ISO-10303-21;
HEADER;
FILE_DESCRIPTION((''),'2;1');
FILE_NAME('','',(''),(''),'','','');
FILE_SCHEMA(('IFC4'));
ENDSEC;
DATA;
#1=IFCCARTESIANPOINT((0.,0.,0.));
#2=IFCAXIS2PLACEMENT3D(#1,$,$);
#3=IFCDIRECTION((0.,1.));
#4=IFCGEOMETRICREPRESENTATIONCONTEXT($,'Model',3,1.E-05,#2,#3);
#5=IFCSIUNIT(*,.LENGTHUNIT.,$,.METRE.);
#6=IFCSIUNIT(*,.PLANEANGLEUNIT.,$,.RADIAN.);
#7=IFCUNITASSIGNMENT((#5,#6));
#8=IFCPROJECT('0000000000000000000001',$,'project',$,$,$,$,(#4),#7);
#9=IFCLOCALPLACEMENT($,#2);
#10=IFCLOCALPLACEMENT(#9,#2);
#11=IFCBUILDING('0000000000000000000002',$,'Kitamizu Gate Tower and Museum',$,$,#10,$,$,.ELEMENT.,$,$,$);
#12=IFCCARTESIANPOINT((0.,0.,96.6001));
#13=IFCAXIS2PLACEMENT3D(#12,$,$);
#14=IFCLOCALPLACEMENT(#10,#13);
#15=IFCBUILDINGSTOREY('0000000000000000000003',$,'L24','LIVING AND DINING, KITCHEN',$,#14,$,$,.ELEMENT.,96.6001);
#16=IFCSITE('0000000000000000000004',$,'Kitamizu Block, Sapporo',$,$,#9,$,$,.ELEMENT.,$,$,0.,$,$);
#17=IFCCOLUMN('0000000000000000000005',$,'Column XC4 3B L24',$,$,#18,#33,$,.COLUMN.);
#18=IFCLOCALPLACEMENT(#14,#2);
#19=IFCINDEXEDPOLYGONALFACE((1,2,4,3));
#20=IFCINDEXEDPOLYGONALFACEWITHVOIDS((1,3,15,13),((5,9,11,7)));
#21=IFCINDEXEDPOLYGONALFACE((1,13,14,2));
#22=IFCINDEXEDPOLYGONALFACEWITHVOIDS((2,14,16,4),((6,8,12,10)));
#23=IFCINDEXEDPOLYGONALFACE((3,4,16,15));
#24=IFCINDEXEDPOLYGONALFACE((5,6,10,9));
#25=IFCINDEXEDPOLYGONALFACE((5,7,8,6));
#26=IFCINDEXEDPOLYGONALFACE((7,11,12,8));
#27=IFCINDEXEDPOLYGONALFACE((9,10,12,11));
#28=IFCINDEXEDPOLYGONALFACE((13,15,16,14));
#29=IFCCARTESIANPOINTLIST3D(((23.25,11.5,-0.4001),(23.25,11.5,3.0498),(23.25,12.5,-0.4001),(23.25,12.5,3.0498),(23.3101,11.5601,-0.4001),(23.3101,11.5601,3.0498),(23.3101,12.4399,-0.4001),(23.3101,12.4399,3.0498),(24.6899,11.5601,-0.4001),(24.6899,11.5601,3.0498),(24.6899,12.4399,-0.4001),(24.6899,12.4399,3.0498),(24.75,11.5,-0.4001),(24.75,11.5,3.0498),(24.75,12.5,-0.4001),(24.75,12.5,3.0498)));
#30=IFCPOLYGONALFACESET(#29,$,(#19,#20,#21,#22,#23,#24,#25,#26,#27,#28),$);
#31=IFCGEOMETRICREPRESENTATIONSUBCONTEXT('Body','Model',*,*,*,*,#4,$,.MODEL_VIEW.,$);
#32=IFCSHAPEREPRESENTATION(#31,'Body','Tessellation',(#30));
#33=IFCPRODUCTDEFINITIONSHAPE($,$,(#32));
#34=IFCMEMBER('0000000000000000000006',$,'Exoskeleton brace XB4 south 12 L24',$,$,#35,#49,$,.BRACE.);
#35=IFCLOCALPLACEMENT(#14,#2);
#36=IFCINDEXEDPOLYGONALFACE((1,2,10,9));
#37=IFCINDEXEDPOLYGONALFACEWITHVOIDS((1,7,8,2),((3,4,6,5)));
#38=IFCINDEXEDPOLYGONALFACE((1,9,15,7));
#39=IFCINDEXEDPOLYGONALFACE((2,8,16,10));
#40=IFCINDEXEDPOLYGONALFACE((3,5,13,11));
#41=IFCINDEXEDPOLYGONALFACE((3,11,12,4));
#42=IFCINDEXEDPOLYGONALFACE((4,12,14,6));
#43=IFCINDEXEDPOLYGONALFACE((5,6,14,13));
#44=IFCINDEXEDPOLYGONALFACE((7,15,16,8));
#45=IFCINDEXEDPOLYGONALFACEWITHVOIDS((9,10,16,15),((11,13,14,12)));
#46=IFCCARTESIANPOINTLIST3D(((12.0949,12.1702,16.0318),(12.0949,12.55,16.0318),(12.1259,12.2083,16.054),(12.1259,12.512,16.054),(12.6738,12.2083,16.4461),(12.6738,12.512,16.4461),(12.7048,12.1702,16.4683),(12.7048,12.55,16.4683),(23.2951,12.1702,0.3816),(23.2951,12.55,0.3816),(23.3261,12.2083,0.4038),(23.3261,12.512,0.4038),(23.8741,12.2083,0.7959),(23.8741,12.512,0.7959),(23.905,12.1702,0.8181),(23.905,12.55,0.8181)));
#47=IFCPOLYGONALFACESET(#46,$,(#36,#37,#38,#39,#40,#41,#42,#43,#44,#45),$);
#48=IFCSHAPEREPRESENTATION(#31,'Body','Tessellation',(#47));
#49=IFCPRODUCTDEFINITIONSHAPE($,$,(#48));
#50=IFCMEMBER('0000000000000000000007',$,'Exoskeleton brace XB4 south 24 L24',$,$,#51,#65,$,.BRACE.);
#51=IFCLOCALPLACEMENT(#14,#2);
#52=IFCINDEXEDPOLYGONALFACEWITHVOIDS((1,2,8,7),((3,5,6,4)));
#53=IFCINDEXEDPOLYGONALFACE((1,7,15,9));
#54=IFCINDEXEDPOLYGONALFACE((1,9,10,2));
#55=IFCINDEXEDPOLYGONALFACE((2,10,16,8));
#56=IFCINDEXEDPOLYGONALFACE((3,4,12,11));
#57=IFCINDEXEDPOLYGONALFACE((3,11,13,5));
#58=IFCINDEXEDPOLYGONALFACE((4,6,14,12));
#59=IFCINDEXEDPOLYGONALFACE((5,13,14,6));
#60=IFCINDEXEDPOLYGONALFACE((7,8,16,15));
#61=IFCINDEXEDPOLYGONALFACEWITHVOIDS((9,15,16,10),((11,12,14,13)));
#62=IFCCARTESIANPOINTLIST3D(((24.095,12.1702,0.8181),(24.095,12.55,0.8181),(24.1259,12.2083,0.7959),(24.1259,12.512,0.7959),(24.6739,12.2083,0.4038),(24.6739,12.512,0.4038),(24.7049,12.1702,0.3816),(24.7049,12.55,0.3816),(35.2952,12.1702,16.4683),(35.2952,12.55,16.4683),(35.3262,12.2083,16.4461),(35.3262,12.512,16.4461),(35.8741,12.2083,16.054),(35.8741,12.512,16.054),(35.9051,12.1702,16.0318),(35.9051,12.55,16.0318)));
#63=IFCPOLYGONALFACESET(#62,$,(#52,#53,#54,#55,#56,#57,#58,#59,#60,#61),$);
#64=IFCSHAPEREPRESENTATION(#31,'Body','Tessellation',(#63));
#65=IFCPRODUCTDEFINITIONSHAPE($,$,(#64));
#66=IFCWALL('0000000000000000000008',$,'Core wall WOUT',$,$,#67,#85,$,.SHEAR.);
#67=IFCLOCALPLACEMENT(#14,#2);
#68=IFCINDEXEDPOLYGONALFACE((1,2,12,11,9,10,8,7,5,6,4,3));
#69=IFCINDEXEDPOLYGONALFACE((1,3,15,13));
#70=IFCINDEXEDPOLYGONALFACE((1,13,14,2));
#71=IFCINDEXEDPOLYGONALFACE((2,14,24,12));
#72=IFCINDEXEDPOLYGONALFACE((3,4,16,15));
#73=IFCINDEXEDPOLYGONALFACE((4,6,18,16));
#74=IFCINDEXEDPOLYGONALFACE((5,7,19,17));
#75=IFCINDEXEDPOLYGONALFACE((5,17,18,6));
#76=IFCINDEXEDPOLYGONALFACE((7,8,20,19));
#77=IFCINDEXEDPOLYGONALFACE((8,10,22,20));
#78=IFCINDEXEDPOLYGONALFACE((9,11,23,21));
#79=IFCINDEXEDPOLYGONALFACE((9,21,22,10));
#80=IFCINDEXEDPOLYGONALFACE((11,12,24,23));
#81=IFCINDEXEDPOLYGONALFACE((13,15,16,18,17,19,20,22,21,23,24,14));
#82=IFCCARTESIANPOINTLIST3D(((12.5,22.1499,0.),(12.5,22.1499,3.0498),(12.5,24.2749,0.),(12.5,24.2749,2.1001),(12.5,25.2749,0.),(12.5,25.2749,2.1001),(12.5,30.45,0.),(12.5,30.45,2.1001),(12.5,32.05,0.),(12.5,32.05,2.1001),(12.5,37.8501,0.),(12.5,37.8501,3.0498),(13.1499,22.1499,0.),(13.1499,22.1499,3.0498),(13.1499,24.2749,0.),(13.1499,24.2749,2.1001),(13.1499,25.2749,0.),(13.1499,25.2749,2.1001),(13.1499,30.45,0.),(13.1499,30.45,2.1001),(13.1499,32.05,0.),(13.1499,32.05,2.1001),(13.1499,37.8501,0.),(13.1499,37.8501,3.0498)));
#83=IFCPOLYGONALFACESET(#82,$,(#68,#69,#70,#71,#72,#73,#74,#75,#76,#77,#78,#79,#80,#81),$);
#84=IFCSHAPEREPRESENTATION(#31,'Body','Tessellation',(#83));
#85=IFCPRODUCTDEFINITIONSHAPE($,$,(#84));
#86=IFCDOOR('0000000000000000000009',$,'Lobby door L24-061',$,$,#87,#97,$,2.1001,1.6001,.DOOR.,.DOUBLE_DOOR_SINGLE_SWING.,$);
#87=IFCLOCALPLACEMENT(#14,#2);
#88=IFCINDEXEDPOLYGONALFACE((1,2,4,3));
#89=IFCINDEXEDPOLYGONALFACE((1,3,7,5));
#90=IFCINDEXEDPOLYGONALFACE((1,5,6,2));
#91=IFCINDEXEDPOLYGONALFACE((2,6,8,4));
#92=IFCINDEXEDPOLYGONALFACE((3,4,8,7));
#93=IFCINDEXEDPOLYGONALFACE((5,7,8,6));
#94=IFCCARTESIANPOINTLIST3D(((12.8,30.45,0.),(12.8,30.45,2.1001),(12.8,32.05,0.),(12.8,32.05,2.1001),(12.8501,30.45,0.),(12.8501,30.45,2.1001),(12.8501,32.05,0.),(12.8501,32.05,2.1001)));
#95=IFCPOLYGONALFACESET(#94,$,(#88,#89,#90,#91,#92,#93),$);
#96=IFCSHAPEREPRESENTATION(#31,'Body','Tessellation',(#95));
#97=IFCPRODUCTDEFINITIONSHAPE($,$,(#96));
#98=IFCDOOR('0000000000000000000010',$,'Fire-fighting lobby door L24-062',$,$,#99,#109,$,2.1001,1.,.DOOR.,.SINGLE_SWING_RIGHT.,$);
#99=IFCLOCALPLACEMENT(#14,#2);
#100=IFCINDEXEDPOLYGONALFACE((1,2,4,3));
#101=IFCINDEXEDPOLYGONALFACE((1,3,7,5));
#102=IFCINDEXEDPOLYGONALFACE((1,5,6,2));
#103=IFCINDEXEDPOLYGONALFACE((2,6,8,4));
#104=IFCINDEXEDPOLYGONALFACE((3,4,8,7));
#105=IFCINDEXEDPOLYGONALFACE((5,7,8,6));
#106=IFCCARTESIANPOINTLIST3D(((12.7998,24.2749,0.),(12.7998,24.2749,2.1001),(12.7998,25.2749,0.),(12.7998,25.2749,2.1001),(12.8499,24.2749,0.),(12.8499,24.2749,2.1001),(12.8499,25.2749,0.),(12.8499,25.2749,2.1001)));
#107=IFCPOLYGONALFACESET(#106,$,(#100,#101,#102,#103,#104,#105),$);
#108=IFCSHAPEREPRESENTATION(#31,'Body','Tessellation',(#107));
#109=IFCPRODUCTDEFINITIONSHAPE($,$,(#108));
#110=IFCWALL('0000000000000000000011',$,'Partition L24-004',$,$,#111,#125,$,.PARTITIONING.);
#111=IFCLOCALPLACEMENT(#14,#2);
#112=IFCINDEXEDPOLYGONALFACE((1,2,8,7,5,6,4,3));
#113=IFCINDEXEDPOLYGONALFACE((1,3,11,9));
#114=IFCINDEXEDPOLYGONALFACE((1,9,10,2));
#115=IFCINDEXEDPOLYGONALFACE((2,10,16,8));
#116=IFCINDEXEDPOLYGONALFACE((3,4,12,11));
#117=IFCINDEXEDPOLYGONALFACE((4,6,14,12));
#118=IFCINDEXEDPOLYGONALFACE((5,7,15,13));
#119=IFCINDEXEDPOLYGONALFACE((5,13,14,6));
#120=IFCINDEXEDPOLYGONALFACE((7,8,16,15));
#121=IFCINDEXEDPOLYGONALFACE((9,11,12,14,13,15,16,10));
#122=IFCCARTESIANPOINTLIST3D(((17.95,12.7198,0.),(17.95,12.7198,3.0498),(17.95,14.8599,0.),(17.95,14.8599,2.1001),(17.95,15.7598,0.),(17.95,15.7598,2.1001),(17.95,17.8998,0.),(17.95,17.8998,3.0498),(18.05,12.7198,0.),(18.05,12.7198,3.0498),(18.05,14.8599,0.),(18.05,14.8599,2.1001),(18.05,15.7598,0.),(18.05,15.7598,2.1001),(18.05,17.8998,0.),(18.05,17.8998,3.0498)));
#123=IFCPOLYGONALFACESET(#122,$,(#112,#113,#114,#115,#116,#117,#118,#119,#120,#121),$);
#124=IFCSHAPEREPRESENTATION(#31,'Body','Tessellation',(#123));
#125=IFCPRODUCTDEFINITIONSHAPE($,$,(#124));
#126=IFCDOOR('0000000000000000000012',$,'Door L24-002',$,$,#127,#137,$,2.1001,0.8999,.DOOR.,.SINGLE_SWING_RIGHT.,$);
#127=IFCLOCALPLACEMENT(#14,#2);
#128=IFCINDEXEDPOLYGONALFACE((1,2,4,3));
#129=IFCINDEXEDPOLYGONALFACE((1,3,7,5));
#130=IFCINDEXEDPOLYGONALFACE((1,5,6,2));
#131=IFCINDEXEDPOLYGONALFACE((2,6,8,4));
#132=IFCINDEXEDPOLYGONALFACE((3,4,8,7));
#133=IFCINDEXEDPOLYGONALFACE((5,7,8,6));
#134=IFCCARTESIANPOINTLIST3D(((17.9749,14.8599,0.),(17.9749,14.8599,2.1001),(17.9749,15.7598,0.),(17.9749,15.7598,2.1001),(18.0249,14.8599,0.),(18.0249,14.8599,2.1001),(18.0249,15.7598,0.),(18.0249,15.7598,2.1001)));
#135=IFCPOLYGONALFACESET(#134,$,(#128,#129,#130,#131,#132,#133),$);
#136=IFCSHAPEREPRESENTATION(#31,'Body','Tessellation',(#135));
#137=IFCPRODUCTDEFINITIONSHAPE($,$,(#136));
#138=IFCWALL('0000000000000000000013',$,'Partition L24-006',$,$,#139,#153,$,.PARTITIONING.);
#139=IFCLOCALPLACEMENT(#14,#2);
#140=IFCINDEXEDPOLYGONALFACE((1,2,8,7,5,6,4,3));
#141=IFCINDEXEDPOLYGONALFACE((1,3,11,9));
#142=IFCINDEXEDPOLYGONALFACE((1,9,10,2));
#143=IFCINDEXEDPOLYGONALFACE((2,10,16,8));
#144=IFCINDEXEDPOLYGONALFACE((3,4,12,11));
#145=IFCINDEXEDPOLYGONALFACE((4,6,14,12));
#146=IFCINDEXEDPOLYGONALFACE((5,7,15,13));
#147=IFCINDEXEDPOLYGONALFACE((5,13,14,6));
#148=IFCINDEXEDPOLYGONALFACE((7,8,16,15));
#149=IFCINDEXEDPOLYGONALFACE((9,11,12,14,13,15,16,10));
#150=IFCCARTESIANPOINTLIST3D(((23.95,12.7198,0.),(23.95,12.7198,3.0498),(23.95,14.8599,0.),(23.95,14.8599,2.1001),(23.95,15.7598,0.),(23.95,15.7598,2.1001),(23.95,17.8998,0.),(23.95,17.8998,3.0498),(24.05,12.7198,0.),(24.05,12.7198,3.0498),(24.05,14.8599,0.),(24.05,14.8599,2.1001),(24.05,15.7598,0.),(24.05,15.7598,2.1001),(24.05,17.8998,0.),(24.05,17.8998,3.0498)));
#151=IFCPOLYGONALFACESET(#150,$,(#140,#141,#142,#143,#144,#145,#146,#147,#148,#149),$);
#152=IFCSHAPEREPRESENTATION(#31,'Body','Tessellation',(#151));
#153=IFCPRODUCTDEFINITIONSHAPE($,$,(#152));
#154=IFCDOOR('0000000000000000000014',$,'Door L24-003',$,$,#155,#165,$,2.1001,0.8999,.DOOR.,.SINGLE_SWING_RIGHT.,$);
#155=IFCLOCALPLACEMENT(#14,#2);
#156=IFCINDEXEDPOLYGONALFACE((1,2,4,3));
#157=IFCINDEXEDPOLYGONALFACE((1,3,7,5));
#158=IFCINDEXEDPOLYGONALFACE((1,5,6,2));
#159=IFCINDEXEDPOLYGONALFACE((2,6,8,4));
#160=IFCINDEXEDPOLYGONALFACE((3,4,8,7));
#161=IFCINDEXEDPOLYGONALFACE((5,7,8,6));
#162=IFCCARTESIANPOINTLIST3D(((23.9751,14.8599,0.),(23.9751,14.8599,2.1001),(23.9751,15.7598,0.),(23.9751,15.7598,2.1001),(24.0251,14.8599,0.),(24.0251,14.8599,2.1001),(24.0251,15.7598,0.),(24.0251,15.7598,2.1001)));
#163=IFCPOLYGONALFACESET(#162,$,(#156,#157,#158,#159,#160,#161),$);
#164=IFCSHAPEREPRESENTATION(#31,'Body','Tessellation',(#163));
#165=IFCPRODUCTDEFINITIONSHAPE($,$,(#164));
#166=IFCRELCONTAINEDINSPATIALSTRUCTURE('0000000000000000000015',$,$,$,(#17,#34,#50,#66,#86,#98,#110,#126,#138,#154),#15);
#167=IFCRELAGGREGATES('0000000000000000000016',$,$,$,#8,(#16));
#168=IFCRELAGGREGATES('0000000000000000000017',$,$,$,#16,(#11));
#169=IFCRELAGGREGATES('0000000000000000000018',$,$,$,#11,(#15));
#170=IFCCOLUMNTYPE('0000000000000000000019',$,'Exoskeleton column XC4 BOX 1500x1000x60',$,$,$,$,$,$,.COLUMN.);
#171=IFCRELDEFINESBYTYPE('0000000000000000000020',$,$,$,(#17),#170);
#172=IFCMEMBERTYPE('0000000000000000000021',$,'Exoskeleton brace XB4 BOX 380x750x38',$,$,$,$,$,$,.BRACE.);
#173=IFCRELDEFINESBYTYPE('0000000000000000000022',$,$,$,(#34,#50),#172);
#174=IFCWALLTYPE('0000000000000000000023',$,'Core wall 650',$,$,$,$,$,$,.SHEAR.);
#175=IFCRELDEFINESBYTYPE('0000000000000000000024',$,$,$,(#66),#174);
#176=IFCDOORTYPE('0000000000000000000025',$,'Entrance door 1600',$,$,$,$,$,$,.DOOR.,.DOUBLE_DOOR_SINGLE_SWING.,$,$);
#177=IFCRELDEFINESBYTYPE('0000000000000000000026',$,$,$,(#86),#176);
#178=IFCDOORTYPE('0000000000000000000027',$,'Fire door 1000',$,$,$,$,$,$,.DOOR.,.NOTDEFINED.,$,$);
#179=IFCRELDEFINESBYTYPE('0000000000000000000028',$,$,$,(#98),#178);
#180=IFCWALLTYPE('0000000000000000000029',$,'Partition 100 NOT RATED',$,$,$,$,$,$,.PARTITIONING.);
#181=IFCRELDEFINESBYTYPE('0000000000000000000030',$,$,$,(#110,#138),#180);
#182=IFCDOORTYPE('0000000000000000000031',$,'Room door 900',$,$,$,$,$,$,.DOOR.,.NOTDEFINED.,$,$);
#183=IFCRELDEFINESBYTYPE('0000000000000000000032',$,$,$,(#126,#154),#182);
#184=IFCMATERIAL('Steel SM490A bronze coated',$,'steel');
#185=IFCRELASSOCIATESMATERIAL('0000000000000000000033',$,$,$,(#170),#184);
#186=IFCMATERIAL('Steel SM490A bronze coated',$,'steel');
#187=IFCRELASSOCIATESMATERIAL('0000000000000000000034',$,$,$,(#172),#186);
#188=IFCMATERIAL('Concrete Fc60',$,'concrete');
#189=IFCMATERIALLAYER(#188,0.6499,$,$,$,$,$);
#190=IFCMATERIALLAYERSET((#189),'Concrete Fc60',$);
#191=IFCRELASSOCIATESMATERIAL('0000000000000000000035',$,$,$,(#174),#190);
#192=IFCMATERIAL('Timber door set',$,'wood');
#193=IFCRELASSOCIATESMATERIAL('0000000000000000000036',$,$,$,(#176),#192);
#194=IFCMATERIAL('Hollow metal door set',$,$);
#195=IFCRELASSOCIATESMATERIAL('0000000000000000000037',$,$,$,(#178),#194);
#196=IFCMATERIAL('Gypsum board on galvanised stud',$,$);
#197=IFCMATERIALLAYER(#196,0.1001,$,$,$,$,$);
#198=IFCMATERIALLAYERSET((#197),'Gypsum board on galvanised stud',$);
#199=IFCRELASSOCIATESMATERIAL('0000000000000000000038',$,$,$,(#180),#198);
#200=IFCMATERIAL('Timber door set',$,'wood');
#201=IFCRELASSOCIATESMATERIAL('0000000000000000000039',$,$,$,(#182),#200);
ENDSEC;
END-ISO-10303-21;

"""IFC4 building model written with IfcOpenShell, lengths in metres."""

from ifc_helpers import new_model, si_unit, direction, frame, frame_2d, origin, origin_2d, place, context, subcontext, project, spatial, rectangle, hollow_rectangle, extrude, material, layer, layer_set, material_profile, profile_set, type_object, element, fill, save


model = new_model("IFC4")

# Units and contexts
model_context = context("Model", 3, precision=1e-05, world=origin(), true_north=direction((0.0, 1.0)))
body_context = subcontext(model_context, "Body", "Model", "MODEL_VIEW")
ifc_project = project(units=[si_unit("LENGTHUNIT", "METRE"), si_unit("PLANEANGLEUNIT", "RADIAN")], contexts=[model_context])

# Site, building, storey
site_placement = place(None, origin())
site = spatial("IfcSite", under=ifc_project, at=site_placement, Name="Kitamizu Block, Sapporo", CompositionType="ELEMENT", RefElevation=0.0)
building_placement = place(site_placement, origin())
building = spatial("IfcBuilding", under=site, at=building_placement, Name="Kitamizu Gate Tower and Museum", CompositionType="ELEMENT")
storey_placement = place(building_placement, frame((0.0, 0.0, 96.6001)))
storey = spatial("IfcBuildingStorey", under=building, at=storey_placement, Name="L24", Description="LIVING AND DINING, KITCHEN", CompositionType="ELEMENT", Elevation=96.6001)

# Column
ifc_material_1 = material(Name="Steel SM490A bronze coated", Category="steel")
ifc_material_profile_1 = material_profile(ifc_material_1, hollow_rectangle(XDim=1.5, YDim=1.0, WallThickness=0.0601, at=origin_2d()), Name="BOX 1500x1000x60")
ifc_profile_set_1 = profile_set([ifc_material_profile_1], Name="Steel SM490A bronze coated")
column_type = type_object("IfcColumnType", Name="Exoskeleton column XC4 BOX 1500x1000x60", PredefinedType="COLUMN", material=ifc_profile_set_1)
column_placement = place(storey_placement, frame((24.0, 12.0, -0.4001), z_axis=(0.0, 0.0, 1.0), x_axis=(1.0, 0.0, 0.0)))
element("IfcColumn", 1, at=column_placement, inside=storey, type_object=column_type, Name="Column XC4 3B L24", PredefinedType="COLUMN", context=body_context, shape_type="SweptSolid", body=[
    extrude(hollow_rectangle(XDim=1.5, YDim=1.0, WallThickness=0.0601, at=origin_2d()), origin(), (0.0, 0.0, 1.0), 3.45),
])

# Members
ifc_material_2 = material(Name="Steel SM490A bronze coated", Category="steel")
ifc_material_profile_2 = material_profile(ifc_material_2, hollow_rectangle(XDim=0.3799, YDim=0.75, WallThickness=0.0381, at=origin_2d()), Name="BOX 380x750x38")
ifc_profile_set_2 = profile_set([ifc_material_profile_2], Name="Steel SM490A bronze coated")
member_type = type_object("IfcMemberType", Name="Exoskeleton brace XB4 BOX 380x750x38", PredefinedType="BRACE", material=ifc_profile_set_2)
for number, where, z_axis, x_axis, name in (
    (2, (23.6001, 12.3601, 0.5999), (-0.581978, 0.0, 0.813204), (0.0, -1.0, 0.0), "Exoskeleton brace XB4 south 12 L24"),
    (3, (24.3999, 12.3601, 0.5999), (0.581978, 0.0, 0.813204), (0.0, 1.0, 0.0), "Exoskeleton brace XB4 south 24 L24"),
):
    element("IfcMember", number, at=place(storey_placement, frame(where, z_axis=z_axis, x_axis=x_axis)), inside=storey, type_object=member_type, Name=name, PredefinedType="BRACE", context=body_context, shape_type="SweptSolid", body=[
        extrude(hollow_rectangle(XDim=0.3799, YDim=0.75, WallThickness=0.0381, at=origin_2d()), origin(), (0.0, 0.0, 1.0), 19.2451),
    ])

# Wall, openings, doors
ifc_material_3 = material(Name="Concrete Fc60", Category="concrete")
ifc_layer_1 = layer(ifc_material_3, 0.6499)
ifc_layer_set_1 = layer_set([ifc_layer_1], Name="Concrete Fc60")
wall_type_1 = type_object("IfcWallType", Name="Core wall 650", PredefinedType="SHEAR", material=ifc_layer_set_1)
wall_1_placement = place(storey_placement, frame((12.825, 22.1499, 0.0), z_axis=(0.0, 0.0, 1.0), x_axis=(0.0, 1.0, 0.0)))
wall_1 = element("IfcWall", 4, at=wall_1_placement, inside=storey, type_object=wall_type_1, Name="Core wall WOUT", PredefinedType="SHEAR", context=body_context, shape_type="SweptSolid", body=[
    extrude(rectangle(XDim=15.7002, YDim=0.6499, at=frame_2d((7.8501, 0.0))), origin(), (0.0, 0.0, 1.0), 3.0498),
])
opening_1_placement = place(wall_1_placement, frame((8.3, 0.0, 0.0)))
opening_1 = element("IfcOpeningElement", 5, at=opening_1_placement, cuts=wall_1, PredefinedType="OPENING", context=body_context, shape_type="SweptSolid", body=[
    extrude(rectangle(XDim=1.6001, YDim=2.1001, at=frame_2d((0.8, 1.05))), frame((0.0, 0.335, 0.0), z_axis=(0.0, -1.0, 0.0), x_axis=(1.0, 0.0, 0.0)), (0.0, 0.0, 1.0), 0.6699),
])
opening_2_placement = place(wall_1_placement, frame((2.125, 0.0, 0.0)))
opening_2 = element("IfcOpeningElement", 6, at=opening_2_placement, cuts=wall_1, PredefinedType="OPENING", context=body_context, shape_type="SweptSolid", body=[
    extrude(rectangle(XDim=1.0, YDim=2.1001, at=frame_2d((0.5, 1.05))), frame((0.0, 0.335, 0.0), z_axis=(0.0, -1.0, 0.0), x_axis=(1.0, 0.0, 0.0)), (0.0, 0.0, 1.0), 0.6699),
])
ifc_material_4 = material(Name="Timber door set", Category="wood")
door_type_1 = type_object("IfcDoorType", Name="Entrance door 1600", OperationType="DOUBLE_DOOR_SINGLE_SWING", PredefinedType="DOOR", material=ifc_material_4)
door_1_placement = place(opening_1_placement, origin())
door_1 = element("IfcDoor", 7, at=door_1_placement, inside=storey, type_object=door_type_1, Name="Lobby door L24-061", OperationType="DOUBLE_DOOR_SINGLE_SWING", OverallHeight=2.1001, OverallWidth=1.6001, PredefinedType="DOOR", context=body_context, shape_type="SweptSolid", body=[
    extrude(rectangle(XDim=1.6001, YDim=2.1001, at=frame_2d((0.8, 1.05))), frame((0.0, 0.0249, 0.0), z_axis=(0.0, -1.0, 0.0), x_axis=(1.0, 0.0, 0.0)), (0.0, 0.0, 1.0), 0.05),
])
fill(opening_1, door_1)
ifc_material_5 = material(Name="Hollow metal door set")
door_type_2 = type_object("IfcDoorType", Name="Fire door 1000", OperationType="NOTDEFINED", PredefinedType="DOOR", material=ifc_material_5)
door_2_placement = place(opening_2_placement, frame((1.0, 0.0, 0.0), x_axis=(-1.0, 0.0, 0.0)))
door_2 = element("IfcDoor", 8, at=door_2_placement, inside=storey, type_object=door_type_2, Name="Fire-fighting lobby door L24-062", OperationType="SINGLE_SWING_RIGHT", OverallHeight=2.1001, OverallWidth=1.0, PredefinedType="DOOR", context=body_context, shape_type="SweptSolid", body=[
    extrude(rectangle(XDim=1.0, YDim=2.1001, at=frame_2d((0.5, 1.05))), frame((0.0, 0.0249, 0.0), z_axis=(0.0, -1.0, 0.0), x_axis=(1.0, 0.0, 0.0)), (0.0, 0.0, 1.0), 0.05),
])
fill(opening_2, door_2)

# Walls, openings, doors
ifc_material_6 = material(Name="Gypsum board on galvanised stud")
ifc_layer_2 = layer(ifc_material_6, 0.1001)
ifc_layer_set_2 = layer_set([ifc_layer_2], Name="Gypsum board on galvanised stud")
wall_type_2 = type_object("IfcWallType", Name="Partition 100 NOT RATED", PredefinedType="PARTITIONING", material=ifc_layer_set_2)
wall_2_placement = place(storey_placement, frame((18.0, 12.72, 0.0), z_axis=(0.0, 0.0, 1.0), x_axis=(0.0, 1.0, 0.0)))
wall_2 = element("IfcWall", 9, at=wall_2_placement, inside=storey, type_object=wall_type_2, Name="Partition L24-004", PredefinedType="PARTITIONING", context=body_context, shape_type="SweptSolid", body=[
    extrude(rectangle(XDim=5.1799, YDim=0.1001, at=frame_2d((2.5898, 0.0))), origin(), (0.0, 0.0, 1.0), 3.0498),
])
opening_3_placement = place(wall_2_placement, frame((2.1399, 0.0, 0.0)))
opening_3 = element("IfcOpeningElement", 10, at=opening_3_placement, cuts=wall_2, PredefinedType="OPENING", context=body_context, shape_type="SweptSolid", body=[
    extrude(rectangle(XDim=0.8999, YDim=2.1001, at=frame_2d((0.45, 1.05))), frame((0.0, 0.0601, 0.0), z_axis=(0.0, -1.0, 0.0), x_axis=(1.0, 0.0, 0.0)), (0.0, 0.0, 1.0), 0.1201),
])
ifc_material_7 = material(Name="Timber door set", Category="wood")
door_type_3 = type_object("IfcDoorType", Name="Room door 900", OperationType="NOTDEFINED", PredefinedType="DOOR", material=ifc_material_7)
door_3_placement = place(opening_3_placement, frame((0.8999, 0.0, 0.0), x_axis=(-1.0, 0.0, 0.0)))
door_3 = element("IfcDoor", 11, at=door_3_placement, inside=storey, type_object=door_type_3, Name="Door L24-002", OperationType="SINGLE_SWING_RIGHT", OverallHeight=2.1001, OverallWidth=0.8999, PredefinedType="DOOR", context=body_context, shape_type="SweptSolid", body=[
    extrude(rectangle(XDim=0.8999, YDim=2.1001, at=frame_2d((0.45, 1.05))), frame((0.0, 0.0249, 0.0), z_axis=(0.0, -1.0, 0.0), x_axis=(1.0, 0.0, 0.0)), (0.0, 0.0, 1.0), 0.05),
])
fill(opening_3, door_3)
wall_3_placement = place(storey_placement, frame((24.0, 12.72, 0.0), z_axis=(0.0, 0.0, 1.0), x_axis=(0.0, 1.0, 0.0)))
wall_3 = element("IfcWall", 12, at=wall_3_placement, inside=storey, type_object=wall_type_2, Name="Partition L24-006", PredefinedType="PARTITIONING", context=body_context, shape_type="SweptSolid", body=[
    extrude(rectangle(XDim=5.1799, YDim=0.1001, at=frame_2d((2.5898, 0.0))), origin(), (0.0, 0.0, 1.0), 3.0498),
])
opening_4_placement = place(wall_3_placement, frame((2.1399, 0.0, 0.0)))
opening_4 = element("IfcOpeningElement", 13, at=opening_4_placement, cuts=wall_3, PredefinedType="OPENING", context=body_context, shape_type="SweptSolid", body=[
    extrude(rectangle(XDim=0.8999, YDim=2.1001, at=frame_2d((0.45, 1.05))), frame((0.0, 0.0601, 0.0), z_axis=(0.0, -1.0, 0.0), x_axis=(1.0, 0.0, 0.0)), (0.0, 0.0, 1.0), 0.1201),
])
door_4_placement = place(opening_4_placement, origin())
door_4 = element("IfcDoor", 14, at=door_4_placement, inside=storey, type_object=door_type_3, Name="Door L24-003", OperationType="SINGLE_SWING_RIGHT", OverallHeight=2.1001, OverallWidth=0.8999, PredefinedType="DOOR", context=body_context, shape_type="SweptSolid", body=[
    extrude(rectangle(XDim=0.8999, YDim=2.1001, at=frame_2d((0.45, 1.05))), frame((0.0, 0.0249, 0.0), z_axis=(0.0, -1.0, 0.0), x_axis=(1.0, 0.0, 0.0)), (0.0, 0.0, 1.0), 0.05),
])
fill(opening_4, door_4)

save(model, "model.ifc")
